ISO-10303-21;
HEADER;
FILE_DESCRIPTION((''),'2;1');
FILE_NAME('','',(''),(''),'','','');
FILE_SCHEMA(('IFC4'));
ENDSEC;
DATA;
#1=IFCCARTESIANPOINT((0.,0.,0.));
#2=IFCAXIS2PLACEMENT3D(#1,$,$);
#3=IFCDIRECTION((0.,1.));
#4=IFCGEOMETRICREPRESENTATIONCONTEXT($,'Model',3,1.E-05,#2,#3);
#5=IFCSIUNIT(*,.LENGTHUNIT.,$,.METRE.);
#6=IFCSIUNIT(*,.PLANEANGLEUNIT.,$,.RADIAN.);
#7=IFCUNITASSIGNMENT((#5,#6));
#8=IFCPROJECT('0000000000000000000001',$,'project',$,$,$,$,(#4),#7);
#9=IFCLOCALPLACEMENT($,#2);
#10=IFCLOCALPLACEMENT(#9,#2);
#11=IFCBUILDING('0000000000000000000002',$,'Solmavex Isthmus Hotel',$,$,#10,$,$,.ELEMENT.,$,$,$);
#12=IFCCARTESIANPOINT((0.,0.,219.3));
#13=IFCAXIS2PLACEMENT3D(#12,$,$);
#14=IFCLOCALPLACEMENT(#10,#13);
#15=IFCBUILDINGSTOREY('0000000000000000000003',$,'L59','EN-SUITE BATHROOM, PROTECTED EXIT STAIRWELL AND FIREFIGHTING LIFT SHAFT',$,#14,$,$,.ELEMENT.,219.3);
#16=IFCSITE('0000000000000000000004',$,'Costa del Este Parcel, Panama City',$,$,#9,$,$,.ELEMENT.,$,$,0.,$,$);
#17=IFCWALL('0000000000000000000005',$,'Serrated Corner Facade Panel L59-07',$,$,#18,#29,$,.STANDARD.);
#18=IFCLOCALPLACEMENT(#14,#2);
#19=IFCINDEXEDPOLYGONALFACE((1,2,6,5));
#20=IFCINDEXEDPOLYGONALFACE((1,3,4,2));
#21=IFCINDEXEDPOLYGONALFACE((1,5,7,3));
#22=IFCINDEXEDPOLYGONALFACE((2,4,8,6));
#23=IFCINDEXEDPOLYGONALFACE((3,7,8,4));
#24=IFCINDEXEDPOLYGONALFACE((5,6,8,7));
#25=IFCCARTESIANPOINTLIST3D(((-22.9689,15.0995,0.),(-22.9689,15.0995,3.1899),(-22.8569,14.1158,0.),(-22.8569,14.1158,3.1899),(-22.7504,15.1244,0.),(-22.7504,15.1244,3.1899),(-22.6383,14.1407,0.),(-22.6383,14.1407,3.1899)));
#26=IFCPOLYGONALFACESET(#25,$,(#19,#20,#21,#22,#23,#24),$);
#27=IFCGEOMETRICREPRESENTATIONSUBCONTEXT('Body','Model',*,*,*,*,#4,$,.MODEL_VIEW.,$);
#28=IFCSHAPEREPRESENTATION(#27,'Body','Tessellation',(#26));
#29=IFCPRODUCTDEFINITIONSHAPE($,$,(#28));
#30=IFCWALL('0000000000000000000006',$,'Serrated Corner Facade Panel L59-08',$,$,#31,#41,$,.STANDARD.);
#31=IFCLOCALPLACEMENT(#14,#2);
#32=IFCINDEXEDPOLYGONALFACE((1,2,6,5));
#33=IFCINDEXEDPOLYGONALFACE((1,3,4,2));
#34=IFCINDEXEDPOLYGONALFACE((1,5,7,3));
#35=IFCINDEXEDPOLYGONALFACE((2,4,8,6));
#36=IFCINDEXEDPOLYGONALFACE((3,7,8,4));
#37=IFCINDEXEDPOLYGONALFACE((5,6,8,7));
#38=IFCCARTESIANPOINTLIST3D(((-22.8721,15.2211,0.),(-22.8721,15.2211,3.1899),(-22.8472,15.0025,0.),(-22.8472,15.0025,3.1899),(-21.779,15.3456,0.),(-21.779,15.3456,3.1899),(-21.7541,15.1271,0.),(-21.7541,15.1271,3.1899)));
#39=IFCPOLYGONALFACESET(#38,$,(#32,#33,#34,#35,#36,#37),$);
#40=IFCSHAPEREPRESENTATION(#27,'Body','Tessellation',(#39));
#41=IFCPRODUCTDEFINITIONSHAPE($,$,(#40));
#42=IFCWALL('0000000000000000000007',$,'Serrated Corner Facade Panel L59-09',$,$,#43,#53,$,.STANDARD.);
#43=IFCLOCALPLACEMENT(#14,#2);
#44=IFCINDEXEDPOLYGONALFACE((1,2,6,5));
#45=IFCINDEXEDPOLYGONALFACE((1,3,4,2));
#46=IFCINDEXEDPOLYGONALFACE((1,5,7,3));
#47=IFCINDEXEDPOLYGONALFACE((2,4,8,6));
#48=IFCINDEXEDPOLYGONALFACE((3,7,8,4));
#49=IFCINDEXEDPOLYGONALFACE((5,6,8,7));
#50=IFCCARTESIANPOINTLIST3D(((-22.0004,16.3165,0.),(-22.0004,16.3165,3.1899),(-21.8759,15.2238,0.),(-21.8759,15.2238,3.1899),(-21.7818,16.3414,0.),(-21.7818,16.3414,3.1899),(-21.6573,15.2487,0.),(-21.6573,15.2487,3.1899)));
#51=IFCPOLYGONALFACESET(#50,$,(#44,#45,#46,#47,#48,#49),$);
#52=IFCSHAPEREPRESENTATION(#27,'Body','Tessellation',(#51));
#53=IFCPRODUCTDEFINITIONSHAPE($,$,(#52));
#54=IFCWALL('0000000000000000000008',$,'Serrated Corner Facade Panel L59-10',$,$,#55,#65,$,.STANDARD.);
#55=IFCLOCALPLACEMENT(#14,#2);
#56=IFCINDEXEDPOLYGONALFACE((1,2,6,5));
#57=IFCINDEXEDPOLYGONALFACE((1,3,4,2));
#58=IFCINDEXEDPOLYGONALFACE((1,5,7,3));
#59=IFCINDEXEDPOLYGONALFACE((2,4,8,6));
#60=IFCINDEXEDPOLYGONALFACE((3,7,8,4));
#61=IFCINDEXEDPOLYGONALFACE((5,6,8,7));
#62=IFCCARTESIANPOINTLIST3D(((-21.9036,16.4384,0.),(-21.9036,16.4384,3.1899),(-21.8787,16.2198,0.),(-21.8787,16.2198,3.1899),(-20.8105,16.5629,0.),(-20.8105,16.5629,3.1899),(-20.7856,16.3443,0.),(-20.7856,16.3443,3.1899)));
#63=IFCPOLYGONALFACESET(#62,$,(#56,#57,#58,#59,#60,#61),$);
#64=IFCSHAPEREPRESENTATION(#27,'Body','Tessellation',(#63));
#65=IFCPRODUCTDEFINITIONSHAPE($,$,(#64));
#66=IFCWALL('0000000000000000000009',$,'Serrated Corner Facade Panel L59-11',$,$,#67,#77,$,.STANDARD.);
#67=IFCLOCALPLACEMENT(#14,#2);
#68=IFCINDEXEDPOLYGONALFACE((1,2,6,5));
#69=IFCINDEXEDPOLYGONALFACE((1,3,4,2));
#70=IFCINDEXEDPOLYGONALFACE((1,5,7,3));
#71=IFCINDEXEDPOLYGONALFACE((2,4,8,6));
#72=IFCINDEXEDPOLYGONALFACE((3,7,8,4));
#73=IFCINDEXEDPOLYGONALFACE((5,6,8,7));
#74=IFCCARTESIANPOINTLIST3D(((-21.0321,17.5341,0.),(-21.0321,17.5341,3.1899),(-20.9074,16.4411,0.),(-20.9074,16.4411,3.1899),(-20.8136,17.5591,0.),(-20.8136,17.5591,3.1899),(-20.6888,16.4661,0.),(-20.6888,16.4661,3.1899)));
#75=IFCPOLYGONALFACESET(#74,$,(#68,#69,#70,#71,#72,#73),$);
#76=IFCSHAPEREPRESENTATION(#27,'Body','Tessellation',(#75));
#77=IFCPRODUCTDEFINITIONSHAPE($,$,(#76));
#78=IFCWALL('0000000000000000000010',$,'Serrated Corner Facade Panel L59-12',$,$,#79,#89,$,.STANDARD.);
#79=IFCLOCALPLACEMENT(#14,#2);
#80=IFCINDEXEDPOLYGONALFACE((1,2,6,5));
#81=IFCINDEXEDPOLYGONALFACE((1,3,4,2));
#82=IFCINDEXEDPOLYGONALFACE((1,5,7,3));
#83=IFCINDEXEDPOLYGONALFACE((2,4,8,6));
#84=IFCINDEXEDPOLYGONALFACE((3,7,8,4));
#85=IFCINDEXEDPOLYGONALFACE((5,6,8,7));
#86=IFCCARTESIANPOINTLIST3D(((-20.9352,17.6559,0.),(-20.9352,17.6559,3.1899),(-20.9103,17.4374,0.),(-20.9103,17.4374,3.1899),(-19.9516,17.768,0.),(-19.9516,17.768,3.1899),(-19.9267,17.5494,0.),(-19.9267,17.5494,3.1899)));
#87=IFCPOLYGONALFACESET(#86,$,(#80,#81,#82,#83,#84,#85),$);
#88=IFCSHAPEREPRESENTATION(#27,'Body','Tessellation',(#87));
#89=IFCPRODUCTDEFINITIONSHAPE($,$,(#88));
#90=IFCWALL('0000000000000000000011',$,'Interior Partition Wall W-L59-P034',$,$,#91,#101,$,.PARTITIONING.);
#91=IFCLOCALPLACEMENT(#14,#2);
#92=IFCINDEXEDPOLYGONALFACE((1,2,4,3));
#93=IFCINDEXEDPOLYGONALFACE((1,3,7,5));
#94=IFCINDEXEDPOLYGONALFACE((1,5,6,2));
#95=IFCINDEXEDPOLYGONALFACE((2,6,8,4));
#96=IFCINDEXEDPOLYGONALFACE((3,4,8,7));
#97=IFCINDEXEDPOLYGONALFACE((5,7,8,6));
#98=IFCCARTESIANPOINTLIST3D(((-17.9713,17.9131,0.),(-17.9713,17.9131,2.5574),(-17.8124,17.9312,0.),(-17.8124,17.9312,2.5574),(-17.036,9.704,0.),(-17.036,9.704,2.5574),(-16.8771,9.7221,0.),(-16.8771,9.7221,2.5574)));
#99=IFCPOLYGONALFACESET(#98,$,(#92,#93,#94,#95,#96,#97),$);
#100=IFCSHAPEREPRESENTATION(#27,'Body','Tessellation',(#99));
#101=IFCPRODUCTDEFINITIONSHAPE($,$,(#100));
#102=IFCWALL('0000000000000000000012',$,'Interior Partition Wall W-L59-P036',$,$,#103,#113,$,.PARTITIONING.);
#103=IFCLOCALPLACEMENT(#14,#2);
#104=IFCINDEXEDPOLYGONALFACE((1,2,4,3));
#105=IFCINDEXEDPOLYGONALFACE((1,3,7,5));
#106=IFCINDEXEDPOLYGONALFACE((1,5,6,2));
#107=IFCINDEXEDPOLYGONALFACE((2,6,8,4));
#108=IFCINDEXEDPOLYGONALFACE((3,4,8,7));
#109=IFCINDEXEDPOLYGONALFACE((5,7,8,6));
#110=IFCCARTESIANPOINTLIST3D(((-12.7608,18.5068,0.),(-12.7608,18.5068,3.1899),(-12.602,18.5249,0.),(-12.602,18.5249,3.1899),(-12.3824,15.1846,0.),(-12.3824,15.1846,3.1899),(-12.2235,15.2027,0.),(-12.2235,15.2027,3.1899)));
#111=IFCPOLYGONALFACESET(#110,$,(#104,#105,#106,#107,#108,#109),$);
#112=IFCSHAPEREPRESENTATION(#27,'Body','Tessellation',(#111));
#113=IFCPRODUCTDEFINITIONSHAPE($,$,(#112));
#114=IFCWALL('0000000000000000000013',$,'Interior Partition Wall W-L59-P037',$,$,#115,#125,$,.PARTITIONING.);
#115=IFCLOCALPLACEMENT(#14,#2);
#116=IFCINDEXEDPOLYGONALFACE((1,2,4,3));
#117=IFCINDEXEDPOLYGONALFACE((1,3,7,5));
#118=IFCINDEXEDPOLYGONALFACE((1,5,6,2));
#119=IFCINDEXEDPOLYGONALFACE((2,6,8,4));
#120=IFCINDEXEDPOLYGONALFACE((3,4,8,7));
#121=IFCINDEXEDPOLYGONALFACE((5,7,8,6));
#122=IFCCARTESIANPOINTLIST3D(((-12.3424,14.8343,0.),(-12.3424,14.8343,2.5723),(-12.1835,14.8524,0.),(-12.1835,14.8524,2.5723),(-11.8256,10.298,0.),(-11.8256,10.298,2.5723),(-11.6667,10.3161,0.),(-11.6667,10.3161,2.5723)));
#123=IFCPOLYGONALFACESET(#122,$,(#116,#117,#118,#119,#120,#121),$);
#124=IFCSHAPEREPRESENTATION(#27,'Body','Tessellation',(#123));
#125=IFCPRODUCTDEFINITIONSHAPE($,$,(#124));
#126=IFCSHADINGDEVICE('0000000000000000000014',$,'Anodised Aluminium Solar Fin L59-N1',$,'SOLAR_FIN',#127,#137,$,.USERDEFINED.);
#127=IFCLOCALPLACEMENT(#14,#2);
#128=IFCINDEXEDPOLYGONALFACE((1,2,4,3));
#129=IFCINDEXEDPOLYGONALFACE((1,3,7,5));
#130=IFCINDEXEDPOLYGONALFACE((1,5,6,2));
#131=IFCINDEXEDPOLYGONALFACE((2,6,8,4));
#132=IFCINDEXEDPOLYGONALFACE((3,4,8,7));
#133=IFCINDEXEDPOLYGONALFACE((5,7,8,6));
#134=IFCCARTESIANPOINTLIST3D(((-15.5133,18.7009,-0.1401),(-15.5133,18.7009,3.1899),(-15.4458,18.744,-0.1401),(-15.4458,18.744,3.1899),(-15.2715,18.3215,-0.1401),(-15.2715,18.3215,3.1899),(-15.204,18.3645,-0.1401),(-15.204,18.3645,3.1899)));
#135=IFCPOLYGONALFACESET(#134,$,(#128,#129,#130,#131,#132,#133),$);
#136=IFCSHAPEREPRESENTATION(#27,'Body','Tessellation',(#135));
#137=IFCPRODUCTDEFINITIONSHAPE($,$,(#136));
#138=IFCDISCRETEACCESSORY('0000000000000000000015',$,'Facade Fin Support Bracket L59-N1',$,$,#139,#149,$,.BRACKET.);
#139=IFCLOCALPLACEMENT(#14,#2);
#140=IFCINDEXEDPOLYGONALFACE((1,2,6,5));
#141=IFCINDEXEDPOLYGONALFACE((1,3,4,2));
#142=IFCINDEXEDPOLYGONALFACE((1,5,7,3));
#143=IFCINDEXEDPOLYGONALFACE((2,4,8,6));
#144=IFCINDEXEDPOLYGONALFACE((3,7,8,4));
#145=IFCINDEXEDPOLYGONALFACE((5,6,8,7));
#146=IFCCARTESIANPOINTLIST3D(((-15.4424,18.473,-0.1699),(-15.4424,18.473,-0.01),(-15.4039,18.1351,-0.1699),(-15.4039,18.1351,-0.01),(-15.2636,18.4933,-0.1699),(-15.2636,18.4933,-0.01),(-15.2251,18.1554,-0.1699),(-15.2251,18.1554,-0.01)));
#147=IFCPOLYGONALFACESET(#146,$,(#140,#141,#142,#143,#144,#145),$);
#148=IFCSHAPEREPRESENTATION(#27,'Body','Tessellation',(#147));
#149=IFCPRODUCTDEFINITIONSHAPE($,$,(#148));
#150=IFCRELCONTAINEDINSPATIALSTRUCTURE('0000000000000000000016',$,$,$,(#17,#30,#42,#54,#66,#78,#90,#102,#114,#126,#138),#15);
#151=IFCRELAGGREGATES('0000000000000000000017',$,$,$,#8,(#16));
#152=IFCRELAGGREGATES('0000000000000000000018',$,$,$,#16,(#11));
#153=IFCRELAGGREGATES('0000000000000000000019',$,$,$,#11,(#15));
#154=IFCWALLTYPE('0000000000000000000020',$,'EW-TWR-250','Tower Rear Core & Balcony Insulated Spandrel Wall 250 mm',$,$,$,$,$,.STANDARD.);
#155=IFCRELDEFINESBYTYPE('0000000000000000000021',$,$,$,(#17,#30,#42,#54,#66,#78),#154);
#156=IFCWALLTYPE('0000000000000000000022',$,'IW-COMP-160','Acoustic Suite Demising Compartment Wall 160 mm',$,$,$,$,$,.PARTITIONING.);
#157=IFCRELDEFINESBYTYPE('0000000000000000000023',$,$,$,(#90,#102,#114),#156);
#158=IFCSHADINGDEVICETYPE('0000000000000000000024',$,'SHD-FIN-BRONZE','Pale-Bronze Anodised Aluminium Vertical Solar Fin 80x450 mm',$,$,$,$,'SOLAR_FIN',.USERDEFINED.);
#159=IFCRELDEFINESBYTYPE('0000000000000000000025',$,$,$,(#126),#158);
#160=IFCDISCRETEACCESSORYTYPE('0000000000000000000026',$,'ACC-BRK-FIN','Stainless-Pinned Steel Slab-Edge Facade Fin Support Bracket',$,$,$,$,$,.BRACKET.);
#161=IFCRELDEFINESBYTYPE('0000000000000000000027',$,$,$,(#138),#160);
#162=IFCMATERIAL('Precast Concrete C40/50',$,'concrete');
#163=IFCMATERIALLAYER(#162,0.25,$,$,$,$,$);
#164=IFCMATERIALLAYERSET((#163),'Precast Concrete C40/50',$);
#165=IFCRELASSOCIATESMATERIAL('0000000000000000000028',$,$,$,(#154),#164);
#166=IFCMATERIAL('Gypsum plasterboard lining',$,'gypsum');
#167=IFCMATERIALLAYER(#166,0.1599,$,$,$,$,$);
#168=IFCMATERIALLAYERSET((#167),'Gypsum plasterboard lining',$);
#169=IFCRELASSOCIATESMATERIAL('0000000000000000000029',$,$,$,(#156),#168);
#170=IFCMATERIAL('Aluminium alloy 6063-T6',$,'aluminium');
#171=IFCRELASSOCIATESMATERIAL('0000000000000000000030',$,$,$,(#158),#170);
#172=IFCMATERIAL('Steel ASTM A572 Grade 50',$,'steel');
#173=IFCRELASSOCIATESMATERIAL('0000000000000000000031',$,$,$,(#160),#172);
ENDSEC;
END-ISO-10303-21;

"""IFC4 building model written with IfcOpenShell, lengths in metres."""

from ifc_helpers import new_model, si_unit, direction, frame, frame_2d, origin, origin_2d, place, context, subcontext, project, spatial, rectangle, extrude, material, layer, layer_set, type_object, element, save


model = new_model("IFC4")

# Units and contexts
model_context = context("Model", 3, precision=1e-05, world=origin(), true_north=direction((0.0, 1.0)))
body_context = subcontext(model_context, "Body", "Model", "MODEL_VIEW")
ifc_project = project(units=[si_unit("LENGTHUNIT", "METRE"), si_unit("PLANEANGLEUNIT", "RADIAN")], contexts=[model_context])

# Site, building, storey
site_placement = place(None, origin())
site = spatial("IfcSite", under=ifc_project, at=site_placement, Name="Costa del Este Parcel, Panama City", CompositionType="ELEMENT", RefElevation=0.0)
building_placement = place(site_placement, origin())
building = spatial("IfcBuilding", under=site, at=building_placement, Name="Solmavex Isthmus Hotel", CompositionType="ELEMENT")
storey_placement = place(building_placement, frame((0.0, 0.0, 219.3)))
storey = spatial("IfcBuildingStorey", under=building, at=storey_placement, Name="L59", Description="EN-SUITE BATHROOM, PROTECTED EXIT STAIRWELL AND FIREFIGHTING LIFT SHAFT", CompositionType="ELEMENT", Elevation=219.3)

# Shared definitions
ifc_material_1 = material(Name="Aluminium alloy 6063-T6", Category="aluminium")

# Walls
ifc_material_2 = material(Name="Precast Concrete C40/50", Category="concrete")
ifc_layer_1 = layer(ifc_material_2, 0.25)
ifc_layer_set_1 = layer_set([ifc_layer_1], Name="Precast Concrete C40/50")
wall_type_1 = type_object("IfcWallType", Name="EW-TWR-250", Description="Tower Rear Core & Balcony Insulated Spandrel Wall 250 mm", PredefinedType="STANDARD", material=ifc_layer_set_1)
wall_1_placement = place(storey_placement, frame((-22.7476, 14.1282, 0.0), z_axis=(0.0, 0.0, 1.0), x_axis=(-0.113192, 0.993573, 0.0)))
element("IfcWall", 1, at=wall_1_placement, inside=storey, type_object=wall_type_1, Name="Serrated Corner Facade Panel L59-07", PredefinedType="STANDARD", context=body_context, shape_type="SweptSolid", body=[
    extrude(rectangle(XDim=0.99, YDim=0.22, at=frame_2d((0.4951, 0.0))), origin(), (0.0, 0.0, 1.0), 3.1899),
])
wall_2_placement = place(storey_placement, frame((-22.8596, 15.1118, 0.0), z_axis=(0.0, 0.0, 1.0), x_axis=(0.993574, 0.113184, 0.0)))
element("IfcWall", 2, at=wall_2_placement, inside=storey, type_object=wall_type_1, Name="Serrated Corner Facade Panel L59-08", PredefinedType="STANDARD", context=body_context, shape_type="SweptSolid", body=[
    extrude(rectangle(XDim=1.1001, YDim=0.22, at=frame_2d((0.55, 0.0))), origin(), (0.0, 0.0, 1.0), 3.1899),
])
wall_3_placement = place(storey_placement, frame((-21.7666, 15.2363, 0.0), z_axis=(0.0, 0.0, 1.0), x_axis=(-0.113209, 0.993571, 0.0)))
element("IfcWall", 3, at=wall_3_placement, inside=storey, type_object=wall_type_1, Name="Serrated Corner Facade Panel L59-09", PredefinedType="STANDARD", context=body_context, shape_type="SweptSolid", body=[
    extrude(rectangle(XDim=1.0999, YDim=0.22, at=frame_2d((0.5498, 0.0))), origin(), (0.0, 0.0, 1.0), 3.1899),
])
for number, where, z_axis, x_axis, name in (
    (4, (-21.8911, 16.3291, 0.0), (0.0, 0.0, 1.0), (0.993574, 0.113184, 0.0), "Serrated Corner Facade Panel L59-10"),
    (5, (-20.7981, 16.4536, 0.0), (0.0, 0.0, 1.0), (-0.113403, 0.993549, 0.0), "Serrated Corner Facade Panel L59-11"),
):
    element("IfcWall", number, at=place(storey_placement, frame(where, z_axis=z_axis, x_axis=x_axis)), inside=storey, type_object=wall_type_1, Name=name, PredefinedType="STANDARD", context=body_context, shape_type="SweptSolid", body=[
        extrude(rectangle(XDim=1.1001, YDim=0.22, at=frame_2d((0.55, 0.0))), origin(), (0.0, 0.0, 1.0), 3.1899),
    ])
wall_4_placement = place(storey_placement, frame((-20.9229, 17.5466, 0.0), z_axis=(0.0, 0.0, 1.0), x_axis=(0.993573, 0.113192, 0.0)))
element("IfcWall", 6, at=wall_4_placement, inside=storey, type_object=wall_type_1, Name="Serrated Corner Facade Panel L59-12", PredefinedType="STANDARD", context=body_context, shape_type="SweptSolid", body=[
    extrude(rectangle(XDim=0.99, YDim=0.22, at=frame_2d((0.4951, 0.0))), origin(), (0.0, 0.0, 1.0), 3.1899),
])
ifc_material_3 = material(Name="Gypsum plasterboard lining", Category="gypsum")
ifc_layer_2 = layer(ifc_material_3, 0.1599)
ifc_layer_set_2 = layer_set([ifc_layer_2], Name="Gypsum plasterboard lining")
wall_type_2 = type_object("IfcWallType", Name="IW-COMP-160", Description="Acoustic Suite Demising Compartment Wall 160 mm", PredefinedType="PARTITIONING", material=ifc_layer_set_2)
wall_5_placement = place(storey_placement, frame((-17.8918, 17.9221, 0.0), z_axis=(0.0, 0.0, 1.0), x_axis=(0.113204, -0.993572, 0.0)))
element("IfcWall", 7, at=wall_5_placement, inside=storey, type_object=wall_type_2, Name="Interior Partition Wall W-L59-P034", PredefinedType="PARTITIONING", context=body_context, shape_type="SweptSolid", body=[
    extrude(rectangle(XDim=8.2622, YDim=0.1599, at=frame_2d((4.1311, 0.0))), origin(), (0.0, 0.0, 1.0), 2.5574),
])
wall_6_placement = place(storey_placement, frame((-12.6814, 18.5159, 0.0), z_axis=(0.0, 0.0, 1.0), x_axis=(0.113172, -0.993575, 0.0)))
element("IfcWall", 8, at=wall_6_placement, inside=storey, type_object=wall_type_2, Name="Interior Partition Wall W-L59-P036", PredefinedType="PARTITIONING", context=body_context, shape_type="SweptSolid", body=[
    extrude(rectangle(XDim=3.3438, YDim=0.1599, at=frame_2d((1.6719, 0.0))), origin(), (0.0, 0.0, 1.0), 3.1899),
])
wall_7_placement = place(storey_placement, frame((-12.2629, 14.8433, 0.0), z_axis=(0.0, 0.0, 1.0), x_axis=(0.113201, -0.993572, 0.0)))
element("IfcWall", 9, at=wall_7_placement, inside=storey, type_object=wall_type_2, Name="Interior Partition Wall W-L59-P037", PredefinedType="PARTITIONING", context=body_context, shape_type="SweptSolid", body=[
    extrude(rectangle(XDim=4.5657, YDim=0.1599, at=frame_2d((2.2827, 0.0))), origin(), (0.0, 0.0, 1.0), 2.5723),
])

# Shading device
shading_device_type = type_object("IfcShadingDeviceType", Name="SHD-FIN-BRONZE", Description="Pale-Bronze Anodised Aluminium Vertical Solar Fin 80x450 mm", ElementType="SOLAR_FIN", PredefinedType="USERDEFINED", material=ifc_material_1)
shading_device_placement = place(storey_placement, frame((-15.3586, 18.5327, -0.1401), z_axis=(0.0, 0.0, 1.0), x_axis=(-0.5373, 0.843391, 0.0)))
element("IfcShadingDevice", 10, at=shading_device_placement, inside=storey, type_object=shading_device_type, Name="Anodised Aluminium Solar Fin L59-N1", ObjectType="SOLAR_FIN", PredefinedType="USERDEFINED", context=body_context, shape_type="SweptSolid", body=[
    extrude(rectangle(XDim=0.45, YDim=0.0801, at=origin_2d()), origin(), (0.0, 0.0, 1.0), 3.3301),
])

# Discrete accessory
ifc_material_4 = material(Name="Steel ASTM A572 Grade 50", Category="steel")
discrete_accessory_type = type_object("IfcDiscreteAccessoryType", Name="ACC-BRK-FIN", Description="Stainless-Pinned Steel Slab-Edge Facade Fin Support Bracket", PredefinedType="BRACKET", material=ifc_material_4)
discrete_accessory_placement = place(storey_placement, frame((-15.3337, 18.3142, -0.1699), z_axis=(0.0, 0.0, 1.0), x_axis=(-0.113203, 0.993572, 0.0)))
element("IfcDiscreteAccessory", 11, at=discrete_accessory_placement, inside=storey, type_object=discrete_accessory_type, Name="Facade Fin Support Bracket L59-N1", PredefinedType="BRACKET", context=body_context, shape_type="SweptSolid", body=[
    extrude(rectangle(XDim=0.3401, YDim=0.1799, at=origin_2d()), origin(), (0.0, 0.0, 1.0), 0.1599),
])

save(model, "model.ifc")
